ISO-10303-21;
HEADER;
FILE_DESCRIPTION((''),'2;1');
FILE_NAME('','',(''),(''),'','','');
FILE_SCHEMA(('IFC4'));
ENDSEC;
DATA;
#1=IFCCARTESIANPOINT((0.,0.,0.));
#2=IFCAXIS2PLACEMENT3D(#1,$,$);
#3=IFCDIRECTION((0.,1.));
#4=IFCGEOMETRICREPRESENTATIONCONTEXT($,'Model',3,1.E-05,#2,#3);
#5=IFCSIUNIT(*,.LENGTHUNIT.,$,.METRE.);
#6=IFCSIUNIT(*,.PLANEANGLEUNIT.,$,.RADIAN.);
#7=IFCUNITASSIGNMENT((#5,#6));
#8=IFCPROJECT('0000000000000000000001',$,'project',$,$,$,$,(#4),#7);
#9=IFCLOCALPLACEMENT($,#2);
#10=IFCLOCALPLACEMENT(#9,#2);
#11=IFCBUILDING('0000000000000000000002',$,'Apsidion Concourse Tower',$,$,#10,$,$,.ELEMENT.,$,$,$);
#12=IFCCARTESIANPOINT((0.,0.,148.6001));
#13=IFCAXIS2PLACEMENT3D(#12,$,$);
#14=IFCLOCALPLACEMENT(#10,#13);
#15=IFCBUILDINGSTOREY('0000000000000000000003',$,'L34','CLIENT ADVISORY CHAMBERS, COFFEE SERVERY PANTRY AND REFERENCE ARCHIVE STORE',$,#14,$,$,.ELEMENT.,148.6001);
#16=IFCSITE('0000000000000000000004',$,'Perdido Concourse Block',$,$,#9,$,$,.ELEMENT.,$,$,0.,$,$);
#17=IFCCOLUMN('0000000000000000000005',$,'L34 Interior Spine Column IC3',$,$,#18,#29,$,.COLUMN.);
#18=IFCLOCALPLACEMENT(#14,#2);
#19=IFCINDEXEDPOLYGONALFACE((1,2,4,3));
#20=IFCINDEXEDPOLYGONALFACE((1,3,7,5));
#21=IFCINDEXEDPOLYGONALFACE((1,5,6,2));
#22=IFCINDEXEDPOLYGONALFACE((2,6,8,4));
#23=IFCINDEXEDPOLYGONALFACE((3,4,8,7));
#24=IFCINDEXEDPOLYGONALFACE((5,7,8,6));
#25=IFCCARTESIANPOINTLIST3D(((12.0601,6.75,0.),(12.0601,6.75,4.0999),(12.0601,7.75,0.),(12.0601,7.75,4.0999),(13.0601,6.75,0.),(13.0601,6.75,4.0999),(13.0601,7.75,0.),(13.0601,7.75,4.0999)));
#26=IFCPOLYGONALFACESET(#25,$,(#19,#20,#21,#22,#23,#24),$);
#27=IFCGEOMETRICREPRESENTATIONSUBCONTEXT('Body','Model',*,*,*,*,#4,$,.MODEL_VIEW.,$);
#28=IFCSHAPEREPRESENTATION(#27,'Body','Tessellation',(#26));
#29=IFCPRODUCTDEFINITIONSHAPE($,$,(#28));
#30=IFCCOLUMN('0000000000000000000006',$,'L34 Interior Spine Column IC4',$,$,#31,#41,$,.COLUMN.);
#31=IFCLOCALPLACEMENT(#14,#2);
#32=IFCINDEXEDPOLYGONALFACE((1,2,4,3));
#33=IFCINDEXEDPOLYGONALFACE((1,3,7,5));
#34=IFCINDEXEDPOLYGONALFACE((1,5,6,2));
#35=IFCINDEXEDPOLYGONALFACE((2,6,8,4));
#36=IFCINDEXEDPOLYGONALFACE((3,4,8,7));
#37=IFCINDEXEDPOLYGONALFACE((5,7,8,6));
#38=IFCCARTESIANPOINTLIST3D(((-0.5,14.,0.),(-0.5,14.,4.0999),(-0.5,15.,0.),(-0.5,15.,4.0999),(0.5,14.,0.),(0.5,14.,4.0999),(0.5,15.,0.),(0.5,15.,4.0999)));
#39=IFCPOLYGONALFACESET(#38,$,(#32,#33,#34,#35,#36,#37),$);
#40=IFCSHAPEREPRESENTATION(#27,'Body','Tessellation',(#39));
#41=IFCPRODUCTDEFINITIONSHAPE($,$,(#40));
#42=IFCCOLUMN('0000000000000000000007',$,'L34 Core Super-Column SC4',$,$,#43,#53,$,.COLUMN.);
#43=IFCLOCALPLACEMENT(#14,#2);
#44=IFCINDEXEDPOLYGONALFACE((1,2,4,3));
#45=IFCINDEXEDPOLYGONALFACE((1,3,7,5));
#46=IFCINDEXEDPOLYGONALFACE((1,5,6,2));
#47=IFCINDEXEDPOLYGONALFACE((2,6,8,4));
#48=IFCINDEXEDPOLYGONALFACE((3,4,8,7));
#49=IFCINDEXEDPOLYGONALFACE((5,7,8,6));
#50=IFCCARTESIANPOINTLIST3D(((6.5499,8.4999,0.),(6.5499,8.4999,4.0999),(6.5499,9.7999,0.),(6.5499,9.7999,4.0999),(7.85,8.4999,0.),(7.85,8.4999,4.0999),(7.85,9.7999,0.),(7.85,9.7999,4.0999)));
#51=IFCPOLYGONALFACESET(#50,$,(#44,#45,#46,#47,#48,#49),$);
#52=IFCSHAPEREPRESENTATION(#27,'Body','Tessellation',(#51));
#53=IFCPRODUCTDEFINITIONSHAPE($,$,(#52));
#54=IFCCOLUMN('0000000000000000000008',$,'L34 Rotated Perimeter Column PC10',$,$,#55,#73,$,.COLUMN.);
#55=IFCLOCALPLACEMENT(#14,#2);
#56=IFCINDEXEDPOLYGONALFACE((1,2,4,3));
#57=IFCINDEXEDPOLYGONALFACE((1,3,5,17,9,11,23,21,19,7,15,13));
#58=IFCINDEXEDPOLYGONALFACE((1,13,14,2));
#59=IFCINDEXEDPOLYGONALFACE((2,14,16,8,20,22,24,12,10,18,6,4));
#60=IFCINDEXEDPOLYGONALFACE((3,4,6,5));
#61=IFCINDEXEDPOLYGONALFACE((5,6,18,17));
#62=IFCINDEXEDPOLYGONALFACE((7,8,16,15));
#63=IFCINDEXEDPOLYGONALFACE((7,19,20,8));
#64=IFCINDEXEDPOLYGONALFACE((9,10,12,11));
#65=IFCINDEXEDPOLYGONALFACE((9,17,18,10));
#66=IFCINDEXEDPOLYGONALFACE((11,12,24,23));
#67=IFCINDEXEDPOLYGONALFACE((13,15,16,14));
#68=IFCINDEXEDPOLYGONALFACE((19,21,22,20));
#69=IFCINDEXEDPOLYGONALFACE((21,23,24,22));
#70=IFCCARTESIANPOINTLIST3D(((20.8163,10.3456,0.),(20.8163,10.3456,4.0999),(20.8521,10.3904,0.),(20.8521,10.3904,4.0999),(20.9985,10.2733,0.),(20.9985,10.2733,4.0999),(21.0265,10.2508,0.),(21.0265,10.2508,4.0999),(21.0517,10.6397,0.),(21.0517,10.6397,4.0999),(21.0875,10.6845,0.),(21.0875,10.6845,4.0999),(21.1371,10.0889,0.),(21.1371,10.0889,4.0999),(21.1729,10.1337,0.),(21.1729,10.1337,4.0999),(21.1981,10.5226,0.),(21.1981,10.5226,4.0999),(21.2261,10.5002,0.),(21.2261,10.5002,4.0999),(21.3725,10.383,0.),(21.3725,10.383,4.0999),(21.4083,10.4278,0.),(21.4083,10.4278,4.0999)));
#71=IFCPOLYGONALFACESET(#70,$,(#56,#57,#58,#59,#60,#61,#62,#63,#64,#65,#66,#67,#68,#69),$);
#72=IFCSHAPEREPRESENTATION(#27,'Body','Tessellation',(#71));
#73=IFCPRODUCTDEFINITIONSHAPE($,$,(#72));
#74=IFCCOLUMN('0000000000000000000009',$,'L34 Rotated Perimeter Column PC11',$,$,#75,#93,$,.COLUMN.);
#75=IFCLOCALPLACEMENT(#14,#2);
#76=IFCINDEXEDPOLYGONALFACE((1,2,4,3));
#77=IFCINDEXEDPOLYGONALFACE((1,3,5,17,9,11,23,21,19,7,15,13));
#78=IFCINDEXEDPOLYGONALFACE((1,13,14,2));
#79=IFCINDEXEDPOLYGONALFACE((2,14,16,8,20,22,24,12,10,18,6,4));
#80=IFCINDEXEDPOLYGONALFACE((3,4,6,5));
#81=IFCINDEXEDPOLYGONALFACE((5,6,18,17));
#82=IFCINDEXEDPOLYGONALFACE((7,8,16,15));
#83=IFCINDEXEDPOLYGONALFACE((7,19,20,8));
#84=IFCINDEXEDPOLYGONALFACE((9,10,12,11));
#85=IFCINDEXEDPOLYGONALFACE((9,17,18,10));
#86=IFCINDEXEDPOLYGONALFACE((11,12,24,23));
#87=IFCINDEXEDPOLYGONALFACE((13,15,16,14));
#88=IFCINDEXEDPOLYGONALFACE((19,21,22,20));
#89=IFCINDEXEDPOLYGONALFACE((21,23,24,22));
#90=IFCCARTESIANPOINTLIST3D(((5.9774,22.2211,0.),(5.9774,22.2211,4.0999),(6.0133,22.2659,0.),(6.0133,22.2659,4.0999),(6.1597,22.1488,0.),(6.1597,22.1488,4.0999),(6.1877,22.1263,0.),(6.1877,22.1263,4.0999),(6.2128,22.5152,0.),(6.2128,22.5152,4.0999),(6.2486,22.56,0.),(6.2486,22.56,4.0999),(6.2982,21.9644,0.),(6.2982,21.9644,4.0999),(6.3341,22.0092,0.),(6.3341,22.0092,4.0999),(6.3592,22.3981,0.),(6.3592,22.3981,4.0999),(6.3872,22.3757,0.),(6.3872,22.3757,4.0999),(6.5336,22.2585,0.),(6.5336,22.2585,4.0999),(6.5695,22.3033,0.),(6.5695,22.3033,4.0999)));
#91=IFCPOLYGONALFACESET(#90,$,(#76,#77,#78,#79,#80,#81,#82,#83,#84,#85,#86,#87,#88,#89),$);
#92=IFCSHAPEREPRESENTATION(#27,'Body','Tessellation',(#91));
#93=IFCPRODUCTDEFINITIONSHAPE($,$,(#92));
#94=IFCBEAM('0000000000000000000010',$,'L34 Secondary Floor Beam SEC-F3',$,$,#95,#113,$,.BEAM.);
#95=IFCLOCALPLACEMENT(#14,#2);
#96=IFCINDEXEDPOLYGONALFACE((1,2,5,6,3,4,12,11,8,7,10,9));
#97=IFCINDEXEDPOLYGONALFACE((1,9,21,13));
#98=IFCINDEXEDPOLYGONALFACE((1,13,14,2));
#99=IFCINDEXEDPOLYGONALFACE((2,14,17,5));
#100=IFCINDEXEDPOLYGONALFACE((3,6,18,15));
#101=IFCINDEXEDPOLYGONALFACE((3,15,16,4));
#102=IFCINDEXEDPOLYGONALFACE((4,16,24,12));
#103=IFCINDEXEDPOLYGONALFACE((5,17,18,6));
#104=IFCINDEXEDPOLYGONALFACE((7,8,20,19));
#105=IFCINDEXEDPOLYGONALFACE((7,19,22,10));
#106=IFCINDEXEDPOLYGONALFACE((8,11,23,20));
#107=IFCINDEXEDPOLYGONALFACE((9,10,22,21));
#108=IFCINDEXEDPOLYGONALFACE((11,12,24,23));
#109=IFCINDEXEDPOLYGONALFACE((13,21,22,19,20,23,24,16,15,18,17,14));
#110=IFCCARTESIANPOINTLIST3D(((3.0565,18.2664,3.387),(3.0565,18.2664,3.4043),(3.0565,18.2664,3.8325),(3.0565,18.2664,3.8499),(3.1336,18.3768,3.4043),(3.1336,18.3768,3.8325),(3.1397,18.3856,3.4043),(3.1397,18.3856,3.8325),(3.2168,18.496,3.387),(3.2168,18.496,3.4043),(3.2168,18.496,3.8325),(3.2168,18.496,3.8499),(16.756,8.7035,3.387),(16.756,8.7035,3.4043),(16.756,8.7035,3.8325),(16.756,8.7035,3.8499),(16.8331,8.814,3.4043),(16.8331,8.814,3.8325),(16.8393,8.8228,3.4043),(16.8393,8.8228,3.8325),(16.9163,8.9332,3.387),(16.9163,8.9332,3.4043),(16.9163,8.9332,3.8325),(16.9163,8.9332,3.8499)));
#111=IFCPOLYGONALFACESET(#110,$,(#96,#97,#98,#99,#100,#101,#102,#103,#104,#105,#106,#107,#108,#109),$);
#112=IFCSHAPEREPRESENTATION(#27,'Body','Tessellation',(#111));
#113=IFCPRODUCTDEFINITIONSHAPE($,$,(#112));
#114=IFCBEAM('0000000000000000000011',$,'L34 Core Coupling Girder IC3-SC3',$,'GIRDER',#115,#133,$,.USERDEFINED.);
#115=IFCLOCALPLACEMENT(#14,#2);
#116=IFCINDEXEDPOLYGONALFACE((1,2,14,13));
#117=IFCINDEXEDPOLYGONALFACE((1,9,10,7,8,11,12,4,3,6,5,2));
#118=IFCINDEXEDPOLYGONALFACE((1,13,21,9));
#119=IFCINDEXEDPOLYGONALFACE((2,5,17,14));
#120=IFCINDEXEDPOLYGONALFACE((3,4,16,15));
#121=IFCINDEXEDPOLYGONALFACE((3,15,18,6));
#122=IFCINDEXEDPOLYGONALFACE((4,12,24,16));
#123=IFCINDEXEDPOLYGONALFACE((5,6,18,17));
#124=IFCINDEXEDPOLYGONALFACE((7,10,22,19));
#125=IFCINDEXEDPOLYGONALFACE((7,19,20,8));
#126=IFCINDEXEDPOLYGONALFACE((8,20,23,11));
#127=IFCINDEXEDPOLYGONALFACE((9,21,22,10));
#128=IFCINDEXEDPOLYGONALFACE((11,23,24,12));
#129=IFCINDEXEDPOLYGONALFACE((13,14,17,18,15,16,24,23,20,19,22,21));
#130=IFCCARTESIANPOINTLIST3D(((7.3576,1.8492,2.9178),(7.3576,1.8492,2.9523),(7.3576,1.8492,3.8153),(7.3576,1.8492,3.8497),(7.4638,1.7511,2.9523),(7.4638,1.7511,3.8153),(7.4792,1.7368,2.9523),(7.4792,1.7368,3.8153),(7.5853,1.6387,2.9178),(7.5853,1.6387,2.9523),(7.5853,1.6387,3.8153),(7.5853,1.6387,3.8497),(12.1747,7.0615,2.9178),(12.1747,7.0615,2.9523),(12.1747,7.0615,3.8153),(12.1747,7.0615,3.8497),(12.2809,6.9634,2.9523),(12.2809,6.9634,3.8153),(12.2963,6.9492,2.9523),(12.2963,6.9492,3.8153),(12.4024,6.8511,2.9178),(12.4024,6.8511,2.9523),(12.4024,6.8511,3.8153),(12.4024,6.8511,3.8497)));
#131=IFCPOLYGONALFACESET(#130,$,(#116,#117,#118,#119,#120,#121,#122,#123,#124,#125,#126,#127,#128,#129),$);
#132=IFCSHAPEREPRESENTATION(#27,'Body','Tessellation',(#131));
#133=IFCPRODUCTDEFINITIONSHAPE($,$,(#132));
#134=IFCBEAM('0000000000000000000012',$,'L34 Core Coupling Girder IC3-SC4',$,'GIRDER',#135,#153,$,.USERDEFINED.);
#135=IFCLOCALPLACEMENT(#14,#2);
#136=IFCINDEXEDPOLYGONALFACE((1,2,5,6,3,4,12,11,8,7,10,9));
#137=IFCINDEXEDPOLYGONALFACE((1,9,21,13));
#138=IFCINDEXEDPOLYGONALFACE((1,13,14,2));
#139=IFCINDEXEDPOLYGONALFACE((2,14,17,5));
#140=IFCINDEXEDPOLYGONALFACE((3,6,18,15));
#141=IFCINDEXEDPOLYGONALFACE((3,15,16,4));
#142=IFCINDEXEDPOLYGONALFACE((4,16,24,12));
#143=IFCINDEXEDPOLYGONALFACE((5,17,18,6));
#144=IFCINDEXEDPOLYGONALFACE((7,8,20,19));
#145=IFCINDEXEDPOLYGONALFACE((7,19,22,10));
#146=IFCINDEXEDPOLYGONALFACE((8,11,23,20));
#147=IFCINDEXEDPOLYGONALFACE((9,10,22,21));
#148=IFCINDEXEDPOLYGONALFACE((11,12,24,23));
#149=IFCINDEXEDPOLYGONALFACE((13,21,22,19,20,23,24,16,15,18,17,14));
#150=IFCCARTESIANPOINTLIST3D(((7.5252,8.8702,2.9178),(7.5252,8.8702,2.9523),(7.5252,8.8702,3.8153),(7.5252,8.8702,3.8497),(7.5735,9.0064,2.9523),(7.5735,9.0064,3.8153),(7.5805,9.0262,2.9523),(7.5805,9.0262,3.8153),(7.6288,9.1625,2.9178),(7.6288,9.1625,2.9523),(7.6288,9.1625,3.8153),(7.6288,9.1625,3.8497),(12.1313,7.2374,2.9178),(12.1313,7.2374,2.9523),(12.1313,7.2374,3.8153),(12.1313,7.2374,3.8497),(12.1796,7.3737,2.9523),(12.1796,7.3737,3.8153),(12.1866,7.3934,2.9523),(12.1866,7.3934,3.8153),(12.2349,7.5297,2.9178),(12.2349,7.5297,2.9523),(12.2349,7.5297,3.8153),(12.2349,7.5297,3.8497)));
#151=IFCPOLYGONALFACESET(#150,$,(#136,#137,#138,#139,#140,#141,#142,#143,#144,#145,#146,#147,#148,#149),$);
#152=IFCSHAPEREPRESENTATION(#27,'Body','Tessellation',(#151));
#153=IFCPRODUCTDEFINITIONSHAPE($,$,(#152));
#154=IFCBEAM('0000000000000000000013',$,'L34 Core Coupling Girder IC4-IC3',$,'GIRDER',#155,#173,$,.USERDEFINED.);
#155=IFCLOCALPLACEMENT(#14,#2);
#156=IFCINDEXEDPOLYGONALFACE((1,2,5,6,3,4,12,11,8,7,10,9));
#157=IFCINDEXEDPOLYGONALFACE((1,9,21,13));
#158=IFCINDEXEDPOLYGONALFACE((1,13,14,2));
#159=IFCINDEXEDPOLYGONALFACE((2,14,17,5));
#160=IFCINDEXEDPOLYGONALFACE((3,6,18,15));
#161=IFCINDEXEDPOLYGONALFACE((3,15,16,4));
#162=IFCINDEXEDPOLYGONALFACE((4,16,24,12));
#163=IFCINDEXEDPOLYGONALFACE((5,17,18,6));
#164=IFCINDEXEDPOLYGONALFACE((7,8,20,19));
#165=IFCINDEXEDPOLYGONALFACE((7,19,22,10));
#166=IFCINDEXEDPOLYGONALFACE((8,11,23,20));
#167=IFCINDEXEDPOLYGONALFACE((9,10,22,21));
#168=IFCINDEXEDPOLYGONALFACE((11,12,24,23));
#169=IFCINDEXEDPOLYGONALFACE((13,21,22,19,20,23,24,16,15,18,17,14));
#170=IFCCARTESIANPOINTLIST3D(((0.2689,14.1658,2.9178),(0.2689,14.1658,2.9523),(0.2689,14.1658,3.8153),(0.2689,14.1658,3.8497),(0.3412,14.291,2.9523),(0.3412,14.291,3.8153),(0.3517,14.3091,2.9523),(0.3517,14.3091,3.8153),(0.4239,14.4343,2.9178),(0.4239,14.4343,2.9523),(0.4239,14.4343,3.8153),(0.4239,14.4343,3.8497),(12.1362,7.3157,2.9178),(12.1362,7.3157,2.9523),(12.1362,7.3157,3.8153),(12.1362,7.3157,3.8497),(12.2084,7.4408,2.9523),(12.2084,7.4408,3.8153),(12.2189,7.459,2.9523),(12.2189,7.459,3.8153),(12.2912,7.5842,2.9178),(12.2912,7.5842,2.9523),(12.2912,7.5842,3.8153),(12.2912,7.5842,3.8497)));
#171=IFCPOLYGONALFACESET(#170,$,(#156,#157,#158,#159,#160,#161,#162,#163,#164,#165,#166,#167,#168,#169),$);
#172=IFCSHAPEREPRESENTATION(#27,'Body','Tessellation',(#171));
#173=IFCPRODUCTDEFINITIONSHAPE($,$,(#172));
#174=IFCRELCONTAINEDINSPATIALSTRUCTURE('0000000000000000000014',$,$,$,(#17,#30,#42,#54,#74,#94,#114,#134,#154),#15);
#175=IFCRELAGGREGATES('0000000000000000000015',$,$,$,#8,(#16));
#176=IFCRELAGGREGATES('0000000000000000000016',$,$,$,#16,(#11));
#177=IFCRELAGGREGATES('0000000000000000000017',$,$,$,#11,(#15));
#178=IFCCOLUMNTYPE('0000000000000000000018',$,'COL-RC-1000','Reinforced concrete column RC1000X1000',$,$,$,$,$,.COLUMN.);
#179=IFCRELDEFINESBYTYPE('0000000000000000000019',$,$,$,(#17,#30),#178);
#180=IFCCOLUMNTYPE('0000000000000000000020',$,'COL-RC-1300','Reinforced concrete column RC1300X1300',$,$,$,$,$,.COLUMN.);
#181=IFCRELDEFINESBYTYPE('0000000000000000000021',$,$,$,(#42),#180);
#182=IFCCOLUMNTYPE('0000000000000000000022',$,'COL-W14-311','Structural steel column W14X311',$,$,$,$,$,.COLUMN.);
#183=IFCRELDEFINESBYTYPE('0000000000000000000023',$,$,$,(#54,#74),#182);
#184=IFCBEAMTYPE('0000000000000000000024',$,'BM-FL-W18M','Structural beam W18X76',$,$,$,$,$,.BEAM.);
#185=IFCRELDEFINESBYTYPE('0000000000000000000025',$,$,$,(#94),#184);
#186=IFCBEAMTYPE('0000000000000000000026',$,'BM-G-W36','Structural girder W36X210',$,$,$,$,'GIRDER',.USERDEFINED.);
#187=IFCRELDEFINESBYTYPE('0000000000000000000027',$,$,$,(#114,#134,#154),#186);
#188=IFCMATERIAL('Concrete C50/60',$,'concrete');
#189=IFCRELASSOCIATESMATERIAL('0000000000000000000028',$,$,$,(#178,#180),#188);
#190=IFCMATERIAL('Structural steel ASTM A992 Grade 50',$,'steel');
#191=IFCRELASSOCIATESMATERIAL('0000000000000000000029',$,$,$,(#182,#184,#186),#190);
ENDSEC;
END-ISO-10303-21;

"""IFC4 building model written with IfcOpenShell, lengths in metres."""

from ifc_helpers import new_model, si_unit, direction, frame, origin, origin_2d, place, context, subcontext, project, spatial, rectangle, i_section, extrude, material, material_profile, profile_set, type_object, element, save


model = new_model("IFC4")

# Units and contexts
model_context = context("Model", 3, precision=1e-05, world=origin(), true_north=direction((0.0, 1.0)))
body_context = subcontext(model_context, "Body", "Model", "MODEL_VIEW")
ifc_project = project(units=[si_unit("LENGTHUNIT", "METRE"), si_unit("PLANEANGLEUNIT", "RADIAN")], contexts=[model_context])

# Site, building, storey
site_placement = place(None, origin())
site = spatial("IfcSite", under=ifc_project, at=site_placement, Name="Perdido Concourse Block", CompositionType="ELEMENT", RefElevation=0.0)
building_placement = place(site_placement, origin())
building = spatial("IfcBuilding", under=site, at=building_placement, Name="Apsidion Concourse Tower", CompositionType="ELEMENT")
storey_placement = place(building_placement, frame((0.0, 0.0, 148.6001)))
storey = spatial("IfcBuildingStorey", under=building, at=storey_placement, Name="L34", Description="CLIENT ADVISORY CHAMBERS, COFFEE SERVERY PANTRY AND REFERENCE ARCHIVE STORE", CompositionType="ELEMENT", Elevation=148.6001)

# Columns
ifc_material_1 = material(Name="Concrete C50/60", Category="concrete")
ifc_material_profile_1 = material_profile(ifc_material_1, rectangle(XDim=1.0, YDim=1.0, at=origin_2d()), Name="RC 1000x1000")
ifc_profile_set_1 = profile_set([ifc_material_profile_1], Name="Concrete C50/60")
column_type_1 = type_object("IfcColumnType", Name="COL-RC-1000", Description="Reinforced concrete column RC1000X1000", PredefinedType="COLUMN", material=ifc_profile_set_1)
for number, where, z_axis, x_axis, name in (
    (1, (12.5601, 7.25, 0.0), (0.0, 0.0, 1.0), (1.0, 0.0, 0.0), "L34 Interior Spine Column IC3"),
    (2, (0.0, 14.5, 0.0), (0.0, 0.0, 1.0), (1.0, 0.0, 0.0), "L34 Interior Spine Column IC4"),
):
    element("IfcColumn", number, at=place(storey_placement, frame(where, z_axis=z_axis, x_axis=x_axis)), inside=storey, type_object=column_type_1, Name=name, PredefinedType="COLUMN", context=body_context, shape_type="SweptSolid", body=[
        extrude(rectangle(XDim=1.0, YDim=1.0, at=origin_2d()), origin(), (0.0, 0.0, 1.0), 4.0999),
    ])
ifc_material_profile_2 = material_profile(ifc_material_1, rectangle(XDim=1.3, YDim=1.3, at=origin_2d()), Name="RC 1300x1300")
ifc_profile_set_2 = profile_set([ifc_material_profile_2], Name="Concrete C50/60")
column_type_2 = type_object("IfcColumnType", Name="COL-RC-1300", Description="Reinforced concrete column RC1300X1300", PredefinedType="COLUMN", material=ifc_profile_set_2)
column_placement = place(storey_placement, frame((7.2, 9.1499, 0.0), z_axis=(0.0, 0.0, 1.0), x_axis=(1.0, 0.0, 0.0)))
element("IfcColumn", 3, at=column_placement, inside=storey, type_object=column_type_2, Name="L34 Core Super-Column SC4", PredefinedType="COLUMN", context=body_context, shape_type="SweptSolid", body=[
    extrude(rectangle(XDim=1.3, YDim=1.3, at=origin_2d()), origin(), (0.0, 0.0, 1.0), 4.0999),
])
ifc_material_2 = material(Name="Structural steel ASTM A992 Grade 50", Category="steel")
ifc_material_profile_3 = material_profile(ifc_material_2, i_section(OverallWidth=0.4109, OverallDepth=0.4341, WebThickness=0.0359, FlangeThickness=0.0574, at=origin_2d()), Name="W14X311")
ifc_profile_set_3 = profile_set([ifc_material_profile_3], Name="Structural steel ASTM A992 Grade 50")
column_type_3 = type_object("IfcColumnType", Name="COL-W14-311", Description="Structural steel column W14X311", PredefinedType="COLUMN", material=ifc_profile_set_3)
for number, where, z_axis, x_axis, name in (
    (4, (21.1123, 10.3867, 0.0), (0.0, 0.0, 1.0), (-0.780758, 0.624834, 0.0), "L34 Rotated Perimeter Column PC10"),
    (5, (6.2734, 22.2622, 0.0), (0.0, 0.0, 1.0), (-0.780758, 0.624834, 0.0), "L34 Rotated Perimeter Column PC11"),
):
    element("IfcColumn", number, at=place(storey_placement, frame(where, z_axis=z_axis, x_axis=x_axis)), inside=storey, type_object=column_type_3, Name=name, PredefinedType="COLUMN", context=body_context, shape_type="SweptSolid", body=[
        extrude(i_section(OverallWidth=0.4109, OverallDepth=0.4341, WebThickness=0.0359, FlangeThickness=0.0574, at=origin_2d()), origin(), (0.0, 0.0, 1.0), 4.0999),
    ])

# Beams
ifc_material_profile_4 = material_profile(ifc_material_2, i_section(OverallWidth=0.28, OverallDepth=0.4629, WebThickness=0.0107, FlangeThickness=0.0173, at=origin_2d()), Name="W18X76")
ifc_profile_set_4 = profile_set([ifc_material_profile_4], Name="Structural steel ASTM A992 Grade 50")
beam_type_1 = type_object("IfcBeamType", Name="BM-FL-W18M", Description="Structural beam W18X76", PredefinedType="BEAM", material=ifc_profile_set_4)
beam_1_placement = place(storey_placement, frame((16.8362, 8.8184, 3.6184), z_axis=(-0.819987, 0.572382, 0.0), x_axis=(-0.572382, -0.819987, 0.0)))
element("IfcBeam", 6, at=beam_1_placement, inside=storey, type_object=beam_type_1, Name="L34 Secondary Floor Beam SEC-F3", PredefinedType="BEAM", context=body_context, shape_type="SweptSolid", body=[
    extrude(i_section(OverallWidth=0.28, OverallDepth=0.4629, WebThickness=0.0107, FlangeThickness=0.0173, at=origin_2d()), origin(), (0.0, 0.0, 1.0), 16.707),
])
ifc_material_profile_5 = material_profile(ifc_material_2, i_section(OverallWidth=0.3101, OverallDepth=0.9319, WebThickness=0.021, FlangeThickness=0.0344, at=origin_2d()), Name="W36X210")
ifc_profile_set_5 = profile_set([ifc_material_profile_5], Name="Structural steel ASTM A992 Grade 50")
beam_type_2 = type_object("IfcBeamType", Name="BM-G-W36", Description="Structural girder W36X210", ElementType="GIRDER", PredefinedType="USERDEFINED", material=ifc_profile_set_5)
beam_2_placement = place(storey_placement, frame((12.2886, 6.9563, 3.3838), z_axis=(-0.678713, -0.734404, 0.0), x_axis=(0.734404, -0.678713, 0.0)))
element("IfcBeam", 7, at=beam_2_placement, inside=storey, type_object=beam_type_2, Name="L34 Core Coupling Girder IC3-SC3", ObjectType="GIRDER", PredefinedType="USERDEFINED", context=body_context, shape_type="SweptSolid", body=[
    extrude(i_section(OverallWidth=0.3101, OverallDepth=0.9319, WebThickness=0.021, FlangeThickness=0.0344, at=origin_2d()), origin(), (0.0, 0.0, 1.0), 7.0974),
])
beam_3_placement = place(storey_placement, frame((12.1831, 7.3835, 3.3838), z_axis=(-0.942534, 0.334111, 0.0), x_axis=(-0.334111, -0.942534, 0.0)))
element("IfcBeam", 8, at=beam_3_placement, inside=storey, type_object=beam_type_2, Name="L34 Core Coupling Girder IC3-SC4", ObjectType="GIRDER", PredefinedType="USERDEFINED", context=body_context, shape_type="SweptSolid", body=[
    extrude(i_section(OverallWidth=0.3101, OverallDepth=0.9319, WebThickness=0.021, FlangeThickness=0.0344, at=origin_2d()), origin(), (0.0, 0.0, 1.0), 4.887),
])
beam_4_placement = place(storey_placement, frame((0.3464, 14.3, 3.3838), z_axis=(0.86607, -0.499922, 0.0), x_axis=(0.499922, 0.86607, 0.0)))
element("IfcBeam", 9, at=beam_4_placement, inside=storey, type_object=beam_type_2, Name="L34 Core Coupling Girder IC4-IC3", ObjectType="GIRDER", PredefinedType="USERDEFINED", context=body_context, shape_type="SweptSolid", body=[
    extrude(i_section(OverallWidth=0.3101, OverallDepth=0.9319, WebThickness=0.021, FlangeThickness=0.0344, at=origin_2d()), origin(), (0.0, 0.0, 1.0), 13.7024),
])

save(model, "model.ifc")
